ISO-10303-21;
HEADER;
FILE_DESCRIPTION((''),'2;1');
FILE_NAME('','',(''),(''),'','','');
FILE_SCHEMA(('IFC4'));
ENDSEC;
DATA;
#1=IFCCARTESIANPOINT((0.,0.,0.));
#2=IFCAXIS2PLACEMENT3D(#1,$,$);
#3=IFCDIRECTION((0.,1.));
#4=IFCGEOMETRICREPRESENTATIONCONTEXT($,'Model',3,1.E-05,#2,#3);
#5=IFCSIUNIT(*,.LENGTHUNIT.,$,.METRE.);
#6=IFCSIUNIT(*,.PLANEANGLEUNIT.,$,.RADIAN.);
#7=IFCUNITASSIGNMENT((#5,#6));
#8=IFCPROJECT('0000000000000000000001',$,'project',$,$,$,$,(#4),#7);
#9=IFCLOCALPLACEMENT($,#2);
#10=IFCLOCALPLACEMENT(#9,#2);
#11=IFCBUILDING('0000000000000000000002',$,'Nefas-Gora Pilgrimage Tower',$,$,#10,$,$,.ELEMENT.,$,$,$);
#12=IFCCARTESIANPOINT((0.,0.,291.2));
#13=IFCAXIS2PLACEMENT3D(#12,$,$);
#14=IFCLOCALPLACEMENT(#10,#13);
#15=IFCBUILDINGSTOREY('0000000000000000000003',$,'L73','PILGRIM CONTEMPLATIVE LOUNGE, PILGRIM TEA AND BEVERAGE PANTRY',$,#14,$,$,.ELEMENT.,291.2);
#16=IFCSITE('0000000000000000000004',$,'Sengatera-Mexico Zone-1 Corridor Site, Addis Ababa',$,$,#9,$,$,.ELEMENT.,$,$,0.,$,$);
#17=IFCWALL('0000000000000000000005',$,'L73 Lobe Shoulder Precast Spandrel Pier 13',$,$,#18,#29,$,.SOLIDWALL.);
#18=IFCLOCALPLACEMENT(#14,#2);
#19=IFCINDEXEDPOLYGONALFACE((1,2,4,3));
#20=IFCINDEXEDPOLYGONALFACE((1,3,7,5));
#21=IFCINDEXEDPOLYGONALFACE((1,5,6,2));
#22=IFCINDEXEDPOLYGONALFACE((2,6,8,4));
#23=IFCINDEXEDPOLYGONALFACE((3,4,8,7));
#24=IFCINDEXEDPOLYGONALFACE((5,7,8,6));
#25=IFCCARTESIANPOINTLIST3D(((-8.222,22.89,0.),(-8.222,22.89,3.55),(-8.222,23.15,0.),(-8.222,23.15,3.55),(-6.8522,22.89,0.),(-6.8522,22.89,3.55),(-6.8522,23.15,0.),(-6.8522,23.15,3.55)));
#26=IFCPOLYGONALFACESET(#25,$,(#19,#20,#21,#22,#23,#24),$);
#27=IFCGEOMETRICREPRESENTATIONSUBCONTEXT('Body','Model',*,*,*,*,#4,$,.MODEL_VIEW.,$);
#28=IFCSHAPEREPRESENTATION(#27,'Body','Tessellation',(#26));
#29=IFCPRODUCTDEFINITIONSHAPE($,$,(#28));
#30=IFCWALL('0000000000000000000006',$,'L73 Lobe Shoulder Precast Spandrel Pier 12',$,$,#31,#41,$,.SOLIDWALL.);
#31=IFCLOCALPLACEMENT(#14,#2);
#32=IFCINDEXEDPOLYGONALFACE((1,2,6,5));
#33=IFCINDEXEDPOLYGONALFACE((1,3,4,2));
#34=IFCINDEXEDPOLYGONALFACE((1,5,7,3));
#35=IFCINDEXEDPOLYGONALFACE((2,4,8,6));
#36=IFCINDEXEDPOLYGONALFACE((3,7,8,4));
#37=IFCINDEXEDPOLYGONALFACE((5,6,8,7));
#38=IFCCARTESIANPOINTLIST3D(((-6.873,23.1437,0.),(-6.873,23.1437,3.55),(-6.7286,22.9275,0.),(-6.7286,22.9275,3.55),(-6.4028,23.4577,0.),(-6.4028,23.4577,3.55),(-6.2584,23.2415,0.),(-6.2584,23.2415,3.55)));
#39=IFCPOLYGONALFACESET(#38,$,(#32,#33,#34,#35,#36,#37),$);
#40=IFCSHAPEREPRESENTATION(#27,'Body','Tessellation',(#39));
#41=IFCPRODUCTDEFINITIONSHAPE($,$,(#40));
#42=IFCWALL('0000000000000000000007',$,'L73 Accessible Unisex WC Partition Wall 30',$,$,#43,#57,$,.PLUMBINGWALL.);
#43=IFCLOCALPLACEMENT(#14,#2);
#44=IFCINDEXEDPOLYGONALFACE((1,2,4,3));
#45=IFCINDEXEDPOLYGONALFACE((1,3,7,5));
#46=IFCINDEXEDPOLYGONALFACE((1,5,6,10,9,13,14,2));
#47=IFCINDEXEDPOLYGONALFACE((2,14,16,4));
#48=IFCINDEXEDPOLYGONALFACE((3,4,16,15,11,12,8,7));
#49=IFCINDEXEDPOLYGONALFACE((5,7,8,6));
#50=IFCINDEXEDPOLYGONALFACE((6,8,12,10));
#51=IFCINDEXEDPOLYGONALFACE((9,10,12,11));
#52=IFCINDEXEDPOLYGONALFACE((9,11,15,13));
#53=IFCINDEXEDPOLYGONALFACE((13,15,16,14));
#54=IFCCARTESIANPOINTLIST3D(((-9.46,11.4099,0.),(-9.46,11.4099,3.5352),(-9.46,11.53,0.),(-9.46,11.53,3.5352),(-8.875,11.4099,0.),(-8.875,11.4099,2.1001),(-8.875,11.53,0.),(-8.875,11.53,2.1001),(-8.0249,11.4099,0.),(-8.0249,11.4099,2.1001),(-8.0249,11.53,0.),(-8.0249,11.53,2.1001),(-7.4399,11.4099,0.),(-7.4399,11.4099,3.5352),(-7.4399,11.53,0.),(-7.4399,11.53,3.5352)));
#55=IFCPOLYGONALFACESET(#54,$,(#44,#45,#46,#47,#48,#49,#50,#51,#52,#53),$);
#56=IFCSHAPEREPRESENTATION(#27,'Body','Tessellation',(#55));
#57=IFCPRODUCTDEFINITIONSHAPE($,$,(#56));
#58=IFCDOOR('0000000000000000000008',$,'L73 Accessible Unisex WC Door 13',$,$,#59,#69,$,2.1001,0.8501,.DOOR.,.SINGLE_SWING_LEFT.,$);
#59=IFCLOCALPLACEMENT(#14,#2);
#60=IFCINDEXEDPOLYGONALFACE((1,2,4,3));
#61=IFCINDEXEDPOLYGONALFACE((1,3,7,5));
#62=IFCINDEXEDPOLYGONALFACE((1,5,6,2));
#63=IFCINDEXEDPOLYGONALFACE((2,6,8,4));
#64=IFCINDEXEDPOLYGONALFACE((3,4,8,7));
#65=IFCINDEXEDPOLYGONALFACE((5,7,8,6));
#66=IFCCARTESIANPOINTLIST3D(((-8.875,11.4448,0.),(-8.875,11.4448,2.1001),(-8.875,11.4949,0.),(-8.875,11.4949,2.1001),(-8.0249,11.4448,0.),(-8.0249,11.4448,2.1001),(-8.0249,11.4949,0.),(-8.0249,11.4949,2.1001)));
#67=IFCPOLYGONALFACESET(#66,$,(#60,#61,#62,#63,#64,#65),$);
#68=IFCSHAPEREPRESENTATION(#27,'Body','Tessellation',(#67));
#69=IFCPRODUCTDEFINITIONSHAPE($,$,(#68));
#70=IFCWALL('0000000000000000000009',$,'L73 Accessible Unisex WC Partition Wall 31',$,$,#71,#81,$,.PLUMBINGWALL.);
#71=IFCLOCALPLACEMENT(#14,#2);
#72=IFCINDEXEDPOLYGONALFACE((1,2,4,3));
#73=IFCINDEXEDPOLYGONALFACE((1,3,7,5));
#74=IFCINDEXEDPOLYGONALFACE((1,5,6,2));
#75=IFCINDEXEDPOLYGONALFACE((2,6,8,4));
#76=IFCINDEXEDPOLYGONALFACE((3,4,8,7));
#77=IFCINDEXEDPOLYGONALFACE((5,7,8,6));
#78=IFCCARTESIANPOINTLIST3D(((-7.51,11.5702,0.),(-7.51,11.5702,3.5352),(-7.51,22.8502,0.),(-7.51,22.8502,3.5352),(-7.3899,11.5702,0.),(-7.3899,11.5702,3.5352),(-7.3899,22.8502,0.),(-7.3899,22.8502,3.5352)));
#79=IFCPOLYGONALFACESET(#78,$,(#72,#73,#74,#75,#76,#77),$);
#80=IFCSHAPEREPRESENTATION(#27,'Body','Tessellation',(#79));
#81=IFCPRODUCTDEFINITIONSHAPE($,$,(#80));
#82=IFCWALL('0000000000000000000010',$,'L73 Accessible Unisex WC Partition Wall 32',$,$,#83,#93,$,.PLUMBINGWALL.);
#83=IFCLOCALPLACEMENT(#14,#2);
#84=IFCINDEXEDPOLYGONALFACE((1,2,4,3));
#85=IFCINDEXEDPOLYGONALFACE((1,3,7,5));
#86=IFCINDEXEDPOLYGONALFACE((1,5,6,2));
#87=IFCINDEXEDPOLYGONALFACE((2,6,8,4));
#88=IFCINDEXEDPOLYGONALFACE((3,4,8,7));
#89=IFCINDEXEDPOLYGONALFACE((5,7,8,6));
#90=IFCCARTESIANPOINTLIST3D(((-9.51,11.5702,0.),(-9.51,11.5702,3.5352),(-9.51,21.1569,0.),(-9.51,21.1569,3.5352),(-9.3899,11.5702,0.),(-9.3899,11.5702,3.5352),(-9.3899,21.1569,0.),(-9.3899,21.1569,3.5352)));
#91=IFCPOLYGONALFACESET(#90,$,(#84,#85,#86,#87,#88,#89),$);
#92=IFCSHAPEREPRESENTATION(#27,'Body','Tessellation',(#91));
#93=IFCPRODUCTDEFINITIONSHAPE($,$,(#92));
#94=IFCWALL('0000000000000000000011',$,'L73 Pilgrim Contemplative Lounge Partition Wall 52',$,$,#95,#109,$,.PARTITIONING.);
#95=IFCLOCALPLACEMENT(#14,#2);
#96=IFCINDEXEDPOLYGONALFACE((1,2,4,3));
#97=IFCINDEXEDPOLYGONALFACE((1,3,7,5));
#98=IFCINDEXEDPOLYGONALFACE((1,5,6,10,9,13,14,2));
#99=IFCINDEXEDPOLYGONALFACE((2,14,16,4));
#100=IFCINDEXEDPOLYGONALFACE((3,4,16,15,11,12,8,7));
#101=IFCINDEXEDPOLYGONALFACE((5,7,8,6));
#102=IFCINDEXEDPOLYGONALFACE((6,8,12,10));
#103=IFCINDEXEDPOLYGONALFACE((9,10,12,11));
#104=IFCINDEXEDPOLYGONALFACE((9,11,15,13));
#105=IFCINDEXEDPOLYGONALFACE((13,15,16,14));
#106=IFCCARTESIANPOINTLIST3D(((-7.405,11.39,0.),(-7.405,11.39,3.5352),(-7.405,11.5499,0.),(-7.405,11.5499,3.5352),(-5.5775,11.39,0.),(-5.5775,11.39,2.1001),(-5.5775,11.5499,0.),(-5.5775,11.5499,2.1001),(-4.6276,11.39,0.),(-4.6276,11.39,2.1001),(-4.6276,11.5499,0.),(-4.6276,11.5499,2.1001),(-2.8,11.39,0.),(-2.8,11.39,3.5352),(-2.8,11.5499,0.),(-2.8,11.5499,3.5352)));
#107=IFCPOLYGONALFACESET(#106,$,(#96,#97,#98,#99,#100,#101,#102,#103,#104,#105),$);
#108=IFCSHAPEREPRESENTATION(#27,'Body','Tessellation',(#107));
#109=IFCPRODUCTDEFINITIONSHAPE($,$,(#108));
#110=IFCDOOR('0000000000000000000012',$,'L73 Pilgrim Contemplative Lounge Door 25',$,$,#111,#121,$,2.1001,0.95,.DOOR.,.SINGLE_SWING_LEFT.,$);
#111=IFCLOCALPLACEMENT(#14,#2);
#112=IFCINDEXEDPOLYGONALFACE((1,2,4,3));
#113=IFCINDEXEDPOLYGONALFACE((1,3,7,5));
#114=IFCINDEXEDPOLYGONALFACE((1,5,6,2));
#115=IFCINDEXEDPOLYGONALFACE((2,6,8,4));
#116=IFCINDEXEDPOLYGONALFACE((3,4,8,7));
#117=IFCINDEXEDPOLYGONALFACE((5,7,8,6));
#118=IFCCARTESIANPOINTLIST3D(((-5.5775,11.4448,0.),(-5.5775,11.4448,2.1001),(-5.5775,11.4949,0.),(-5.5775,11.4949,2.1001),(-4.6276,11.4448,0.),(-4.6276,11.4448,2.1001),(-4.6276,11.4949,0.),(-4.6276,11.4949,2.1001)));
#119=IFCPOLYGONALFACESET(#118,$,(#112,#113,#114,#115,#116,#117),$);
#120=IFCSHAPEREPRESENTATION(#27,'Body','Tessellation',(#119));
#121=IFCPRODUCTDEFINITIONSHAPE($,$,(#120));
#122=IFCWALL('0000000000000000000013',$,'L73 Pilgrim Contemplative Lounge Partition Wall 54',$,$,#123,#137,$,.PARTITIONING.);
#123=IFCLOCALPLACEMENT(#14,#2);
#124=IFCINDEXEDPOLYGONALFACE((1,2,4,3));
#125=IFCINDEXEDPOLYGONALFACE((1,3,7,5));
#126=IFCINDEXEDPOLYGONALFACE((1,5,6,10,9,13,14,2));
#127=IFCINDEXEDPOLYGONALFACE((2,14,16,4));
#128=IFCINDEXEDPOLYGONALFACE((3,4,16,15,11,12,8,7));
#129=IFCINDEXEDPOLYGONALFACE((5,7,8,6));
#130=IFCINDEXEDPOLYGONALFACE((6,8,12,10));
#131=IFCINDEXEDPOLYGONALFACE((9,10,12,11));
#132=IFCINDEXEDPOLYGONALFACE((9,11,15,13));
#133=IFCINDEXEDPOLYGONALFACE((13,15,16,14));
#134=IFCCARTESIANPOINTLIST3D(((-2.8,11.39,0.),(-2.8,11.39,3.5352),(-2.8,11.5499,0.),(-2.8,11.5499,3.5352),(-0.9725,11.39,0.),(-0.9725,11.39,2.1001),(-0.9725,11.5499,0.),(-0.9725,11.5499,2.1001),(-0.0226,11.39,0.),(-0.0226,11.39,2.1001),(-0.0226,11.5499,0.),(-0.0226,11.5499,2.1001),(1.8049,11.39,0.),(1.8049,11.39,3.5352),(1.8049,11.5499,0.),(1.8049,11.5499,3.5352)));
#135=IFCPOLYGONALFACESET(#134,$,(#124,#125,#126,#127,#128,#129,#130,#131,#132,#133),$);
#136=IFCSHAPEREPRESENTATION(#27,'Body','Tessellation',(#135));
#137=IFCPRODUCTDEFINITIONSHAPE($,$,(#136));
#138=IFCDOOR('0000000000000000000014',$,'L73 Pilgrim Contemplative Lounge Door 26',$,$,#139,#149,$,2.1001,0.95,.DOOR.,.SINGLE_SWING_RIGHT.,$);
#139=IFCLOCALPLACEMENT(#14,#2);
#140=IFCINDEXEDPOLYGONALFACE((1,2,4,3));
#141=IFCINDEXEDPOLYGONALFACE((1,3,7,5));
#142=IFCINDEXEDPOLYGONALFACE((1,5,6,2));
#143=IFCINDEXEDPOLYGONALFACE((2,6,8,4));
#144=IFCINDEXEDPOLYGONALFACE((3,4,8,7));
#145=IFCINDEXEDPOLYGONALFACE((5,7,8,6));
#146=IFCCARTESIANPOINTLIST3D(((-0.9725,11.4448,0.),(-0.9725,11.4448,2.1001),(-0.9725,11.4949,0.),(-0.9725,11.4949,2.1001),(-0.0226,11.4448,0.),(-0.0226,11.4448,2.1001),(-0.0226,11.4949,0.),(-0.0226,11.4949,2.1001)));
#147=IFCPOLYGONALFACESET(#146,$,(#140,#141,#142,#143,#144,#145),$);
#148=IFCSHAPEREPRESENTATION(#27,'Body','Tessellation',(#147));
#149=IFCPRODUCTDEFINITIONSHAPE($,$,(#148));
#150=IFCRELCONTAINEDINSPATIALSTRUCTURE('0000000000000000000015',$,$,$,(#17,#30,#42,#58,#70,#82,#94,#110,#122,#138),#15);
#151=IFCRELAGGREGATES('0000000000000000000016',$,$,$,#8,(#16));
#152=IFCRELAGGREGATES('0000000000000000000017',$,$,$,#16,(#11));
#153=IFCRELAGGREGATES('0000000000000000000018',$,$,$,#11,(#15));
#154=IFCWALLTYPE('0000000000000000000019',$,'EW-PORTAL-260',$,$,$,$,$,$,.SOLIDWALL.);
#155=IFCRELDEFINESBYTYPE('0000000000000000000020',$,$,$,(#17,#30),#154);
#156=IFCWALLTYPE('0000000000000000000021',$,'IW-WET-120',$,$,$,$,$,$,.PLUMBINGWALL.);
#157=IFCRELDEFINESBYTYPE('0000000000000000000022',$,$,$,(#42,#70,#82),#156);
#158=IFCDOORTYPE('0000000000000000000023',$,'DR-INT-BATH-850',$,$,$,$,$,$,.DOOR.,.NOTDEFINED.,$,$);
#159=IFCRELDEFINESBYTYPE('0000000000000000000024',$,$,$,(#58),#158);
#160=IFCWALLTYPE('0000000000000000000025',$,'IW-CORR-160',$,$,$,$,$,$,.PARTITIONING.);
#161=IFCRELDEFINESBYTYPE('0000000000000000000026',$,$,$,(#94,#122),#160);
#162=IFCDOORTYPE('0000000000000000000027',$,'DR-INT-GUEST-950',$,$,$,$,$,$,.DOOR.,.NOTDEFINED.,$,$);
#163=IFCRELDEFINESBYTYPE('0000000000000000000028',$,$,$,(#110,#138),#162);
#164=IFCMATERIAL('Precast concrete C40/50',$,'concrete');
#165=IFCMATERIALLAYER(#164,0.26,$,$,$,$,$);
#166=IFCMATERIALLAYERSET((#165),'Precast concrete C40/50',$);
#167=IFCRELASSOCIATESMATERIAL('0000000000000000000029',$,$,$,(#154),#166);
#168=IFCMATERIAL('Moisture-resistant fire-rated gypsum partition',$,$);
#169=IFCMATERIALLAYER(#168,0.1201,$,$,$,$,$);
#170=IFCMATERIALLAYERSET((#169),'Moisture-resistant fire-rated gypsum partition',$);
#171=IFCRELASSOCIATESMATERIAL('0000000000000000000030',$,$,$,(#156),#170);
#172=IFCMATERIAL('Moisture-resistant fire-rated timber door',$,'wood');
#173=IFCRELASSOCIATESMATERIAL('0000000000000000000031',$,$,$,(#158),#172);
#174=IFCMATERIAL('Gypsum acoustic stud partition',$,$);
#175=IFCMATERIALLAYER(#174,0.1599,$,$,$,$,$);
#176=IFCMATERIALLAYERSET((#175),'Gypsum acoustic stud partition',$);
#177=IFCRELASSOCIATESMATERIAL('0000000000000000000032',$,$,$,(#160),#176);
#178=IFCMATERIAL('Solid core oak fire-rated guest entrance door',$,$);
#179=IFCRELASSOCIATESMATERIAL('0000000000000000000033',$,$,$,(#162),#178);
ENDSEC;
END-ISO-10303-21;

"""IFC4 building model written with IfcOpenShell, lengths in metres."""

from ifc_helpers import new_model, si_unit, direction, frame, frame_2d, origin, place, context, subcontext, project, spatial, rectangle, extrude, source, transform, mapped, material, layer, layer_set, type_object, element, fill, save


model = new_model("IFC4")

# Units and contexts
model_context = context("Model", 3, precision=1e-05, world=origin(), true_north=direction((0.0, 1.0)))
body_context = subcontext(model_context, "Body", "Model", "MODEL_VIEW")
ifc_project = project(units=[si_unit("LENGTHUNIT", "METRE"), si_unit("PLANEANGLEUNIT", "RADIAN")], contexts=[model_context])

# Site, building, storey
site_placement = place(None, origin())
site = spatial("IfcSite", under=ifc_project, at=site_placement, Name="Sengatera-Mexico Zone-1 Corridor Site, Addis Ababa", CompositionType="ELEMENT", RefElevation=0.0)
building_placement = place(site_placement, origin())
building = spatial("IfcBuilding", under=site, at=building_placement, Name="Nefas-Gora Pilgrimage Tower", CompositionType="ELEMENT")
storey_placement = place(building_placement, frame((0.0, 0.0, 291.2)))
storey = spatial("IfcBuildingStorey", under=building, at=storey_placement, Name="L73", Description="PILGRIM CONTEMPLATIVE LOUNGE, PILGRIM TEA AND BEVERAGE PANTRY", CompositionType="ELEMENT", Elevation=291.2)

# Walls
ifc_material_1 = material(Name="Precast concrete C40/50", Category="concrete")
ifc_layer_1 = layer(ifc_material_1, 0.26)
ifc_layer_set_1 = layer_set([ifc_layer_1], Name="Precast concrete C40/50")
wall_type_1 = type_object("IfcWallType", Name="EW-PORTAL-260", PredefinedType="SOLIDWALL", material=ifc_layer_set_1)
shared_shape_1 = source(origin(), body_context, "Body", "SweptSolid", [
    extrude(rectangle(XDim=1.3699, YDim=0.26, at=frame_2d((0.6851, 0.0))), origin(), (0.0, 0.0, 1.0), 3.55),
])
wall_1_placement = place(storey_placement, frame((-6.8521, 23.02, 0.0), z_axis=(0.0, 0.0, 1.0), x_axis=(-1.0, 0.0, 0.0)))
element("IfcWall", 1, at=wall_1_placement, inside=storey, type_object=wall_type_1, Name="L73 Lobe Shoulder Precast Spandrel Pier 13", PredefinedType="SOLIDWALL", context=body_context, shape_type="MappedRepresentation", body=[
    mapped(shared_shape_1, transform((0.0, 0.0, 0.0), x_axis=(1.0, 0.0, 0.0), y_axis=(0.0, 1.0, 0.0), z_axis=(0.0, 0.0, 1.0), scale=1.0)),
])
shared_shape_2 = source(origin(), body_context, "Body", "SweptSolid", [
    extrude(rectangle(XDim=0.5654, YDim=0.26, at=frame_2d((0.2827, 0.0))), origin(), (0.0, 0.0, 1.0), 3.55),
])
wall_2_placement = place(storey_placement, frame((-6.3306, 23.3496, 0.0), z_axis=(0.0, 0.0, 1.0), x_axis=(-0.831651, -0.555298, 0.0)))
element("IfcWall", 2, at=wall_2_placement, inside=storey, type_object=wall_type_1, Name="L73 Lobe Shoulder Precast Spandrel Pier 12", PredefinedType="SOLIDWALL", context=body_context, shape_type="MappedRepresentation", body=[
    mapped(shared_shape_2, transform((0.0, 0.0, 0.0), x_axis=(1.0, 0.0, 0.0), y_axis=(0.0, 1.0, 0.0), z_axis=(0.0, 0.0, 1.0), scale=1.0)),
])

# Wall, opening, door
ifc_material_2 = material(Name="Moisture-resistant fire-rated gypsum partition")
ifc_layer_2 = layer(ifc_material_2, 0.1201)
ifc_layer_set_2 = layer_set([ifc_layer_2], Name="Moisture-resistant fire-rated gypsum partition")
wall_type_2 = type_object("IfcWallType", Name="IW-WET-120", PredefinedType="PLUMBINGWALL", material=ifc_layer_set_2)
shared_shape_3 = source(origin(), body_context, "Body", "SweptSolid", [
    extrude(rectangle(XDim=2.02, YDim=0.1201, at=frame_2d((1.01, 0.0))), origin(), (0.0, 0.0, 1.0), 3.5352),
])
wall_3_placement = place(storey_placement, frame((-9.46, 11.47, 0.0), z_axis=(0.0, 0.0, 1.0), x_axis=(1.0, 0.0, 0.0)))
wall_3 = element("IfcWall", 3, at=wall_3_placement, inside=storey, type_object=wall_type_2, Name="L73 Accessible Unisex WC Partition Wall 30", PredefinedType="PLUMBINGWALL", context=body_context, shape_type="MappedRepresentation", body=[
    mapped(shared_shape_3, transform((0.0, 0.0, 0.0), x_axis=(1.0, 0.0, 0.0), y_axis=(0.0, 1.0, 0.0), z_axis=(0.0, 0.0, 1.0), scale=1.0)),
])
opening_1_placement = place(wall_3_placement, frame((0.585, 0.0, 0.0)))
opening_1 = element("IfcOpeningElement", 4, at=opening_1_placement, cuts=wall_3, PredefinedType="OPENING", context=body_context, shape_type="SweptSolid", body=[
    extrude(rectangle(XDim=0.8501, YDim=2.1001, at=frame_2d((0.425, 1.05))), frame((0.0, 0.0701, 0.0), z_axis=(0.0, -1.0, 0.0), x_axis=(1.0, 0.0, 0.0)), (0.0, 0.0, 1.0), 0.1401),
])
ifc_material_3 = material(Name="Moisture-resistant fire-rated timber door", Category="wood")
door_type_1 = type_object("IfcDoorType", Name="DR-INT-BATH-850", OperationType="NOTDEFINED", PredefinedType="DOOR", material=ifc_material_3)
shared_shape_4 = source(origin(), body_context, "Body", "SweptSolid", [
    extrude(rectangle(XDim=0.8501, YDim=2.1001, at=frame_2d((0.425, 1.05))), frame((0.0, 0.0249, 0.0), z_axis=(0.0, -1.0, 0.0), x_axis=(1.0, 0.0, 0.0)), (0.0, 0.0, 1.0), 0.05),
])
door_1_placement = place(opening_1_placement, origin())
door_1 = element("IfcDoor", 5, at=door_1_placement, inside=storey, type_object=door_type_1, Name="L73 Accessible Unisex WC Door 13", OperationType="SINGLE_SWING_LEFT", OverallHeight=2.1001, OverallWidth=0.8501, PredefinedType="DOOR", context=body_context, shape_type="MappedRepresentation", body=[
    mapped(shared_shape_4, transform((0.0, 0.0, 0.0), x_axis=(1.0, 0.0, 0.0), y_axis=(0.0, 1.0, 0.0), z_axis=(0.0, 0.0, 1.0), scale=1.0)),
])
fill(opening_1, door_1)

# Walls
shared_shape_5 = source(origin(), body_context, "Body", "SweptSolid", [
    extrude(rectangle(XDim=11.28, YDim=0.1201, at=frame_2d((5.6401, 0.0))), origin(), (0.0, 0.0, 1.0), 3.5352),
])
wall_4_placement = place(storey_placement, frame((-7.45, 11.5701, 0.0), z_axis=(0.0, 0.0, 1.0), x_axis=(0.0, 1.0, 0.0)))
element("IfcWall", 6, at=wall_4_placement, inside=storey, type_object=wall_type_2, Name="L73 Accessible Unisex WC Partition Wall 31", PredefinedType="PLUMBINGWALL", context=body_context, shape_type="MappedRepresentation", body=[
    mapped(shared_shape_5, transform((0.0, 0.0, 0.0), x_axis=(1.0, 0.0, 0.0), y_axis=(0.0, 1.0, 0.0), z_axis=(0.0, 0.0, 1.0), scale=1.0)),
])
shared_shape_6 = source(origin(), body_context, "Body", "SweptSolid", [
    extrude(rectangle(XDim=9.5867, YDim=0.1201, at=frame_2d((4.7935, 0.0))), origin(), (0.0, 0.0, 1.0), 3.5352),
])
wall_5_placement = place(storey_placement, frame((-9.45, 11.5701, 0.0), z_axis=(0.0, 0.0, 1.0), x_axis=(0.0, 1.0, 0.0)))
element("IfcWall", 7, at=wall_5_placement, inside=storey, type_object=wall_type_2, Name="L73 Accessible Unisex WC Partition Wall 32", PredefinedType="PLUMBINGWALL", context=body_context, shape_type="MappedRepresentation", body=[
    mapped(shared_shape_6, transform((0.0, 0.0, 0.0), x_axis=(1.0, 0.0, 0.0), y_axis=(0.0, 1.0, 0.0), z_axis=(0.0, 0.0, 1.0), scale=1.0)),
])

# Walls, openings, doors
ifc_material_4 = material(Name="Gypsum acoustic stud partition")
ifc_layer_3 = layer(ifc_material_4, 0.1599)
ifc_layer_set_3 = layer_set([ifc_layer_3], Name="Gypsum acoustic stud partition")
wall_type_3 = type_object("IfcWallType", Name="IW-CORR-160", PredefinedType="PARTITIONING", material=ifc_layer_set_3)
shared_shape_7 = source(origin(), body_context, "Body", "SweptSolid", [
    extrude(rectangle(XDim=4.605, YDim=0.1599, at=frame_2d((2.3025, 0.0))), origin(), (0.0, 0.0, 1.0), 3.5352),
])
wall_6_placement = place(storey_placement, frame((-7.405, 11.47, 0.0), z_axis=(0.0, 0.0, 1.0), x_axis=(1.0, 0.0, 0.0)))
wall_6 = element("IfcWall", 8, at=wall_6_placement, inside=storey, type_object=wall_type_3, Name="L73 Pilgrim Contemplative Lounge Partition Wall 52", PredefinedType="PARTITIONING", context=body_context, shape_type="MappedRepresentation", body=[
    mapped(shared_shape_7, transform((0.0, 0.0, 0.0), x_axis=(1.0, 0.0, 0.0), y_axis=(0.0, 1.0, 0.0), z_axis=(0.0, 0.0, 1.0), scale=1.0)),
])
opening_2_placement = place(wall_6_placement, frame((1.8274, 0.0, 0.0)))
opening_2 = element("IfcOpeningElement", 9, at=opening_2_placement, cuts=wall_6, PredefinedType="OPENING", context=body_context, shape_type="SweptSolid", body=[
    extrude(rectangle(XDim=0.95, YDim=2.1001, at=frame_2d((0.4751, 1.05))), frame((0.0, 0.0898, 0.0), z_axis=(0.0, -1.0, 0.0), x_axis=(1.0, 0.0, 0.0)), (0.0, 0.0, 1.0), 0.1799),
])
ifc_material_5 = material(Name="Solid core oak fire-rated guest entrance door")
door_type_2 = type_object("IfcDoorType", Name="DR-INT-GUEST-950", OperationType="NOTDEFINED", PredefinedType="DOOR", material=ifc_material_5)
shared_shape_8 = source(origin(), body_context, "Body", "SweptSolid", [
    extrude(rectangle(XDim=0.95, YDim=2.1001, at=frame_2d((0.4751, 1.05))), frame((0.0, 0.0249, 0.0), z_axis=(0.0, -1.0, 0.0), x_axis=(1.0, 0.0, 0.0)), (0.0, 0.0, 1.0), 0.05),
])
door_2_placement = place(opening_2_placement, origin())
door_2 = element("IfcDoor", 10, at=door_2_placement, inside=storey, type_object=door_type_2, Name="L73 Pilgrim Contemplative Lounge Door 25", OperationType="SINGLE_SWING_LEFT", OverallHeight=2.1001, OverallWidth=0.95, PredefinedType="DOOR", context=body_context, shape_type="MappedRepresentation", body=[
    mapped(shared_shape_8, transform((0.0, 0.0, 0.0), x_axis=(1.0, 0.0, 0.0), y_axis=(0.0, 1.0, 0.0), z_axis=(0.0, 0.0, 1.0), scale=1.0)),
])
fill(opening_2, door_2)
wall_7_placement = place(storey_placement, frame((-2.8, 11.47, 0.0), z_axis=(0.0, 0.0, 1.0), x_axis=(1.0, 0.0, 0.0)))
wall_7 = element("IfcWall", 11, at=wall_7_placement, inside=storey, type_object=wall_type_3, Name="L73 Pilgrim Contemplative Lounge Partition Wall 54", PredefinedType="PARTITIONING", context=body_context, shape_type="MappedRepresentation", body=[
    mapped(shared_shape_7, transform((0.0, 0.0, 0.0), x_axis=(1.0, 0.0, 0.0), y_axis=(0.0, 1.0, 0.0), z_axis=(0.0, 0.0, 1.0), scale=1.0)),
])
opening_3_placement = place(wall_7_placement, frame((1.8274, 0.0, 0.0)))
opening_3 = element("IfcOpeningElement", 12, at=opening_3_placement, cuts=wall_7, PredefinedType="OPENING", context=body_context, shape_type="SweptSolid", body=[
    extrude(rectangle(XDim=0.95, YDim=2.1001, at=frame_2d((0.4751, 1.05))), frame((0.0, 0.0898, 0.0), z_axis=(0.0, -1.0, 0.0), x_axis=(1.0, 0.0, 0.0)), (0.0, 0.0, 1.0), 0.1799),
])
door_3_placement = place(opening_3_placement, origin())
door_3 = element("IfcDoor", 13, at=door_3_placement, inside=storey, type_object=door_type_2, Name="L73 Pilgrim Contemplative Lounge Door 26", OperationType="SINGLE_SWING_RIGHT", OverallHeight=2.1001, OverallWidth=0.95, PredefinedType="DOOR", context=body_context, shape_type="MappedRepresentation", body=[
    mapped(shared_shape_8, transform((0.0, 0.0, 0.0), x_axis=(1.0, 0.0, 0.0), y_axis=(0.0, 1.0, 0.0), z_axis=(0.0, 0.0, 1.0), scale=1.0)),
])
fill(opening_3, door_3)

save(model, "model.ifc")
